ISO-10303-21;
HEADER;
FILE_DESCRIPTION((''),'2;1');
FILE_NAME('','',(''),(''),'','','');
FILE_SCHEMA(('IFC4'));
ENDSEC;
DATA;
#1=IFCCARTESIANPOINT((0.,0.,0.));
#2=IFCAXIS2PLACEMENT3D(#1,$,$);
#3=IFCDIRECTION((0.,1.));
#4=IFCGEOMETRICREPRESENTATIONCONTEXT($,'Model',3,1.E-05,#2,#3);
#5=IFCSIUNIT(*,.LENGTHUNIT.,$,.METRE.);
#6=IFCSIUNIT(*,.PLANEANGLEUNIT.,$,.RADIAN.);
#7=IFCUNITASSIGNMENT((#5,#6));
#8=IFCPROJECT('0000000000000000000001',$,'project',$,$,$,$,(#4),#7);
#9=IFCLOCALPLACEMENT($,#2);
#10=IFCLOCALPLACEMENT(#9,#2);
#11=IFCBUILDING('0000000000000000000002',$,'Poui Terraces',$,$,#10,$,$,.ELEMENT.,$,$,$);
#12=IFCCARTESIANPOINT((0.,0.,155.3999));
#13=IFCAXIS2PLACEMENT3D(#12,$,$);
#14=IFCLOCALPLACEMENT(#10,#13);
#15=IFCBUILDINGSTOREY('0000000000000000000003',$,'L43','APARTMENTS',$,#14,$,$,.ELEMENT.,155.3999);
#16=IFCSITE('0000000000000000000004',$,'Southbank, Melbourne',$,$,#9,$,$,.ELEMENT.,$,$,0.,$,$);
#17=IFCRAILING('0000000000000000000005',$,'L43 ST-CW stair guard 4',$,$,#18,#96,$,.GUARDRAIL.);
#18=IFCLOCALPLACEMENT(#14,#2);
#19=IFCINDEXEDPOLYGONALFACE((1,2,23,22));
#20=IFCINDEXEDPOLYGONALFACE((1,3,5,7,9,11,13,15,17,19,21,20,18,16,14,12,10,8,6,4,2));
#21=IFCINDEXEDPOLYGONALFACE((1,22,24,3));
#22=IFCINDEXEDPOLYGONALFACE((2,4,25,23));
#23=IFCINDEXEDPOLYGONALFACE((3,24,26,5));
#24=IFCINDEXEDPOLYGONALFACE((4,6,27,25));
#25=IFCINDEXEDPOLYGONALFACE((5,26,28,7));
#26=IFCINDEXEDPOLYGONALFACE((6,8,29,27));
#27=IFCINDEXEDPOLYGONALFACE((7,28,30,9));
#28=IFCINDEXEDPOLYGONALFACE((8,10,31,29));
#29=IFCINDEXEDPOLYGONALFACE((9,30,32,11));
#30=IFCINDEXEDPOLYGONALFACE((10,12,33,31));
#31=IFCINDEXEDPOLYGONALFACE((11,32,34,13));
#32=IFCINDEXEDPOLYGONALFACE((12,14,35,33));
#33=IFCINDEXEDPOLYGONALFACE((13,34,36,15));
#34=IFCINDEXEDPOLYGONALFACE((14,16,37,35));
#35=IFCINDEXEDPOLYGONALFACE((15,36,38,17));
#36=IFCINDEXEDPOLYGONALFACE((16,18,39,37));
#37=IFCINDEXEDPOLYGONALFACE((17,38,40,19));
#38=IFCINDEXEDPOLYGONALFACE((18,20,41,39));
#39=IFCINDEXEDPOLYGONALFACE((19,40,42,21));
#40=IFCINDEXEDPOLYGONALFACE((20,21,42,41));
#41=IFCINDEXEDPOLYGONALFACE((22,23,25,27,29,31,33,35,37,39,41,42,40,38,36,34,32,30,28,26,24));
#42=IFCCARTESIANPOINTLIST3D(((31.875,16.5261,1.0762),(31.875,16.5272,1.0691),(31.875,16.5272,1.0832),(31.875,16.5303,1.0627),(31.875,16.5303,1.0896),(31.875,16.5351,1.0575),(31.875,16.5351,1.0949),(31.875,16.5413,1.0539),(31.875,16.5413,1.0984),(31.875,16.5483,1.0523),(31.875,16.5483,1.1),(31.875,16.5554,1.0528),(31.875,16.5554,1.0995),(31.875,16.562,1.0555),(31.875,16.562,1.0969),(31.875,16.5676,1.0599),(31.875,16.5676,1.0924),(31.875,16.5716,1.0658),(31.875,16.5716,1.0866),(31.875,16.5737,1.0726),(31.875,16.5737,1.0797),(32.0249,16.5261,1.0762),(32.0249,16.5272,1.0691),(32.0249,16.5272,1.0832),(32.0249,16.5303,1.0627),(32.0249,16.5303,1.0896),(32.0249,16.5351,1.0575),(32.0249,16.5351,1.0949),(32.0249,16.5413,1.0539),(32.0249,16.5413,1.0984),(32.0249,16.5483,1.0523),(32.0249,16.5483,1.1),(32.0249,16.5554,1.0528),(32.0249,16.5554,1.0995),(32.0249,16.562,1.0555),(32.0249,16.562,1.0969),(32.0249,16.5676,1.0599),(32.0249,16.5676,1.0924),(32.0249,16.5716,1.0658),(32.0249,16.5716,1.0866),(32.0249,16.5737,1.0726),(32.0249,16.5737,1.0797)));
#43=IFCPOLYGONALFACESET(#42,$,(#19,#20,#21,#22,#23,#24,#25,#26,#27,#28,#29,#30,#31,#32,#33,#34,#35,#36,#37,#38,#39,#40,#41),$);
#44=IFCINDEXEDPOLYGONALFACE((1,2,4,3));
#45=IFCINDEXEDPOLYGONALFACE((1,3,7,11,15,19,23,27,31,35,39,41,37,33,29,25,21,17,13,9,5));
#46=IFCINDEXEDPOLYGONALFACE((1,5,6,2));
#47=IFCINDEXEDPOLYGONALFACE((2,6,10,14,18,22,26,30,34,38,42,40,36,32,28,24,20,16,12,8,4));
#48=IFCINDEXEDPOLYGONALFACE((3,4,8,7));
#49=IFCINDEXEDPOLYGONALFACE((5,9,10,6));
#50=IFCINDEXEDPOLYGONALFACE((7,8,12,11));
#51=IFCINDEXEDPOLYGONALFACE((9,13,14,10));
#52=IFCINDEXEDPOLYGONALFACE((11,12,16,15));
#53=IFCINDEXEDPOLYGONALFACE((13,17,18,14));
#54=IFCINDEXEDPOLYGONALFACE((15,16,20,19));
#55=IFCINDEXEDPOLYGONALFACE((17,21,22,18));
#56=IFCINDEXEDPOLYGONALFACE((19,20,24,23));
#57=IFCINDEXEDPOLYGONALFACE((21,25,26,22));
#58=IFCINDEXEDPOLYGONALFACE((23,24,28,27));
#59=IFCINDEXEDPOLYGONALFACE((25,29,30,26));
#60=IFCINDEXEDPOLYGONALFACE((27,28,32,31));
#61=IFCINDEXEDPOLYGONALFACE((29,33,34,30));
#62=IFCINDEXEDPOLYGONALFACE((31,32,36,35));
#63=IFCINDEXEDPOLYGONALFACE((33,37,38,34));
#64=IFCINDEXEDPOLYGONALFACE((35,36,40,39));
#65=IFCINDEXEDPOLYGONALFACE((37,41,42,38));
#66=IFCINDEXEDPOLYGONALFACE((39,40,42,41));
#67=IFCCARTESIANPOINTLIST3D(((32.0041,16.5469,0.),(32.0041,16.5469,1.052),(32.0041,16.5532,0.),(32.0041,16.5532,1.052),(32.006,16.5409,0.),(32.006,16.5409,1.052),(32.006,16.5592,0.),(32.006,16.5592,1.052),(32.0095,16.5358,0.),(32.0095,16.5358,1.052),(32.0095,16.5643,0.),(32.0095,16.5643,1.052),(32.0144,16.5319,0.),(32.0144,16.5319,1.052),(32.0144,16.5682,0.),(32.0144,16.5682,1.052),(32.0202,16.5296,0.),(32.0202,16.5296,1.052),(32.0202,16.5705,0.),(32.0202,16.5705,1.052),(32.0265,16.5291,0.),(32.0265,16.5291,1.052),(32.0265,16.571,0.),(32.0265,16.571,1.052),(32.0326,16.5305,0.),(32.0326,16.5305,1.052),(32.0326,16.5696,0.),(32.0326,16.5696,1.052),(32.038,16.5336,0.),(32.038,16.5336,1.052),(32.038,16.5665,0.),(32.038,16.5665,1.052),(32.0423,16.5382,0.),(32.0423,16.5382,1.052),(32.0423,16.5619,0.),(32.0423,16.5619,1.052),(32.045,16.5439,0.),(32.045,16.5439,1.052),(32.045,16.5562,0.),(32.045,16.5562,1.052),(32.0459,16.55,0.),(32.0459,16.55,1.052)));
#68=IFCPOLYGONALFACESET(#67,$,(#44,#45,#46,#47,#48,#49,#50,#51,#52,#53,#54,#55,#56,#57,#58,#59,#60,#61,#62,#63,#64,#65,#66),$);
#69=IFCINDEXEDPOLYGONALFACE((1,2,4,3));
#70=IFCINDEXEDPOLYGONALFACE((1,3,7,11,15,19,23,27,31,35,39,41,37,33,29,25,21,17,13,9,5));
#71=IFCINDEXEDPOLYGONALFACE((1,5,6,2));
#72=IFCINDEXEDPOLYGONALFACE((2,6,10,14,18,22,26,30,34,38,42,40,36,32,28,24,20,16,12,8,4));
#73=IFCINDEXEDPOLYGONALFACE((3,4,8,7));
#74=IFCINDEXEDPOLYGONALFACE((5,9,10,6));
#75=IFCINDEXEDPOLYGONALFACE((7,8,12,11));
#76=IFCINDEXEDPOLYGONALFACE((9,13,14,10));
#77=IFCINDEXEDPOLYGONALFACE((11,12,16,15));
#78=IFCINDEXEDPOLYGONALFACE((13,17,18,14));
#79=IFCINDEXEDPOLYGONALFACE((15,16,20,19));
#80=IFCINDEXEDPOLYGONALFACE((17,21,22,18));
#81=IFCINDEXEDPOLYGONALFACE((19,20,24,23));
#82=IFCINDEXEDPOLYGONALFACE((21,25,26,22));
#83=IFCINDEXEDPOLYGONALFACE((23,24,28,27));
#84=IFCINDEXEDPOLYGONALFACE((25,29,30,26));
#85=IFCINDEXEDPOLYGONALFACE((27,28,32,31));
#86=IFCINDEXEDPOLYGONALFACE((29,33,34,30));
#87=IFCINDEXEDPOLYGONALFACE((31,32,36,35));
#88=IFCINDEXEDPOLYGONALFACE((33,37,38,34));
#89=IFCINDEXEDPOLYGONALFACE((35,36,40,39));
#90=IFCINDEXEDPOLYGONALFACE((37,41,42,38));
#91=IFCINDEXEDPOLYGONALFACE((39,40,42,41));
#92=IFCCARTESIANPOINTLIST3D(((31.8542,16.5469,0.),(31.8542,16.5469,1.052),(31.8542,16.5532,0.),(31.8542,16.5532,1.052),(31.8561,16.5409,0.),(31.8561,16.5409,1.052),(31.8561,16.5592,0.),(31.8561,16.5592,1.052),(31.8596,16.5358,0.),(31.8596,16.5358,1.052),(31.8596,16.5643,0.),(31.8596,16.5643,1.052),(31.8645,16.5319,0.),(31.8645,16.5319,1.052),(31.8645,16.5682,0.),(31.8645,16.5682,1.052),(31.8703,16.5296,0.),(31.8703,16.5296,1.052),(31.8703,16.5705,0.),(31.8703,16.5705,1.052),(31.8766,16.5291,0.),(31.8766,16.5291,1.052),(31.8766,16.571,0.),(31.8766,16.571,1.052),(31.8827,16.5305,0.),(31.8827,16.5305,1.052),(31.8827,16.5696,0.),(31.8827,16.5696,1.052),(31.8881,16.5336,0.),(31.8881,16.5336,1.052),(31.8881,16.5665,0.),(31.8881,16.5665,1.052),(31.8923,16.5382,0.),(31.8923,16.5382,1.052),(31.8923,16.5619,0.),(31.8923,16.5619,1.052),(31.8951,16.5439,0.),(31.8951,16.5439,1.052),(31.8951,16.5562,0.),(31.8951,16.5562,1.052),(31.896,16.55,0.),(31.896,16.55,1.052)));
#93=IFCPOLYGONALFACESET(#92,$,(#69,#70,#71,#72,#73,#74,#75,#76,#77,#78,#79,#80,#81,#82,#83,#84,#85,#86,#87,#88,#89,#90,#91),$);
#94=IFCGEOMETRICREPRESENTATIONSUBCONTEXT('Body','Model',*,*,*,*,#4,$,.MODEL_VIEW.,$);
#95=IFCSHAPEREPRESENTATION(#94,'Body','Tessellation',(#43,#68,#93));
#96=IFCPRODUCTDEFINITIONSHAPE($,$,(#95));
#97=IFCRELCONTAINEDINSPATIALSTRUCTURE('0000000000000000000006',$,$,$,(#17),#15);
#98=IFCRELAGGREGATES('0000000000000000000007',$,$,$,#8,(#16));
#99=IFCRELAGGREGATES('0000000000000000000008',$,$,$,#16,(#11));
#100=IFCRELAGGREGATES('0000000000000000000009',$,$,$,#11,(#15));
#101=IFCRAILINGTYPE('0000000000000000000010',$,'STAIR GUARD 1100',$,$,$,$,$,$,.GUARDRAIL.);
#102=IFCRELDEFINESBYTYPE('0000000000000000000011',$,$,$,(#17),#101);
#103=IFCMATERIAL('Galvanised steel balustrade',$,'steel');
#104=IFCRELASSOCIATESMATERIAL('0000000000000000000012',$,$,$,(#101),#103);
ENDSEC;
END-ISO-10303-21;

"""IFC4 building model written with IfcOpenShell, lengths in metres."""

from ifc_helpers import new_model, si_unit, direction, frame, origin, origin_2d, place, context, subcontext, project, spatial, circle, extrude, material, type_object, element, save


model = new_model("IFC4")

# Units and contexts
model_context = context("Model", 3, precision=1e-05, world=origin(), true_north=direction((0.0, 1.0)))
body_context = subcontext(model_context, "Body", "Model", "MODEL_VIEW")
ifc_project = project(units=[si_unit("LENGTHUNIT", "METRE"), si_unit("PLANEANGLEUNIT", "RADIAN")], contexts=[model_context])

# Site, building, storey
site_placement = place(None, origin())
site = spatial("IfcSite", under=ifc_project, at=site_placement, Name="Southbank, Melbourne", CompositionType="ELEMENT", RefElevation=0.0)
building_placement = place(site_placement, origin())
building = spatial("IfcBuilding", under=site, at=building_placement, Name="Poui Terraces", CompositionType="ELEMENT")
storey_placement = place(building_placement, frame((0.0, 0.0, 155.3999)))
storey = spatial("IfcBuildingStorey", under=building, at=storey_placement, Name="L43", Description="APARTMENTS", CompositionType="ELEMENT", Elevation=155.3999)

# Railing
ifc_material_1 = material(Name="Galvanised steel balustrade", Category="steel")
railing_type_1 = type_object("IfcRailingType", Name="STAIR GUARD 1100", PredefinedType="GUARDRAIL", material=ifc_material_1)
railing_1_placement = place(storey_placement, frame((32.0249, 16.55, 0.0)))
element("IfcRailing", 1, at=railing_1_placement, inside=storey, type_object=railing_type_1, Name="L43 ST-CW stair guard 4", PredefinedType="GUARDRAIL", context=body_context, shape_type="SweptSolid", body=[
    extrude(circle(Radius=0.0239, at=origin_2d()), frame((0.0, 0.0, 1.0762), z_axis=(-1.0, 0.0, 0.0), x_axis=(0.0, -1.0, 0.0)), (0.0, 0.0, 1.0), 0.1499),
    extrude(circle(Radius=0.021, at=origin_2d()), origin(), (0.0, 0.0, 1.0), 1.052),
    extrude(circle(Radius=0.021, at=origin_2d()), frame((-0.1499, 0.0, 0.0)), (0.0, 0.0, 1.0), 1.052),
])

save(model, "model.ifc")
